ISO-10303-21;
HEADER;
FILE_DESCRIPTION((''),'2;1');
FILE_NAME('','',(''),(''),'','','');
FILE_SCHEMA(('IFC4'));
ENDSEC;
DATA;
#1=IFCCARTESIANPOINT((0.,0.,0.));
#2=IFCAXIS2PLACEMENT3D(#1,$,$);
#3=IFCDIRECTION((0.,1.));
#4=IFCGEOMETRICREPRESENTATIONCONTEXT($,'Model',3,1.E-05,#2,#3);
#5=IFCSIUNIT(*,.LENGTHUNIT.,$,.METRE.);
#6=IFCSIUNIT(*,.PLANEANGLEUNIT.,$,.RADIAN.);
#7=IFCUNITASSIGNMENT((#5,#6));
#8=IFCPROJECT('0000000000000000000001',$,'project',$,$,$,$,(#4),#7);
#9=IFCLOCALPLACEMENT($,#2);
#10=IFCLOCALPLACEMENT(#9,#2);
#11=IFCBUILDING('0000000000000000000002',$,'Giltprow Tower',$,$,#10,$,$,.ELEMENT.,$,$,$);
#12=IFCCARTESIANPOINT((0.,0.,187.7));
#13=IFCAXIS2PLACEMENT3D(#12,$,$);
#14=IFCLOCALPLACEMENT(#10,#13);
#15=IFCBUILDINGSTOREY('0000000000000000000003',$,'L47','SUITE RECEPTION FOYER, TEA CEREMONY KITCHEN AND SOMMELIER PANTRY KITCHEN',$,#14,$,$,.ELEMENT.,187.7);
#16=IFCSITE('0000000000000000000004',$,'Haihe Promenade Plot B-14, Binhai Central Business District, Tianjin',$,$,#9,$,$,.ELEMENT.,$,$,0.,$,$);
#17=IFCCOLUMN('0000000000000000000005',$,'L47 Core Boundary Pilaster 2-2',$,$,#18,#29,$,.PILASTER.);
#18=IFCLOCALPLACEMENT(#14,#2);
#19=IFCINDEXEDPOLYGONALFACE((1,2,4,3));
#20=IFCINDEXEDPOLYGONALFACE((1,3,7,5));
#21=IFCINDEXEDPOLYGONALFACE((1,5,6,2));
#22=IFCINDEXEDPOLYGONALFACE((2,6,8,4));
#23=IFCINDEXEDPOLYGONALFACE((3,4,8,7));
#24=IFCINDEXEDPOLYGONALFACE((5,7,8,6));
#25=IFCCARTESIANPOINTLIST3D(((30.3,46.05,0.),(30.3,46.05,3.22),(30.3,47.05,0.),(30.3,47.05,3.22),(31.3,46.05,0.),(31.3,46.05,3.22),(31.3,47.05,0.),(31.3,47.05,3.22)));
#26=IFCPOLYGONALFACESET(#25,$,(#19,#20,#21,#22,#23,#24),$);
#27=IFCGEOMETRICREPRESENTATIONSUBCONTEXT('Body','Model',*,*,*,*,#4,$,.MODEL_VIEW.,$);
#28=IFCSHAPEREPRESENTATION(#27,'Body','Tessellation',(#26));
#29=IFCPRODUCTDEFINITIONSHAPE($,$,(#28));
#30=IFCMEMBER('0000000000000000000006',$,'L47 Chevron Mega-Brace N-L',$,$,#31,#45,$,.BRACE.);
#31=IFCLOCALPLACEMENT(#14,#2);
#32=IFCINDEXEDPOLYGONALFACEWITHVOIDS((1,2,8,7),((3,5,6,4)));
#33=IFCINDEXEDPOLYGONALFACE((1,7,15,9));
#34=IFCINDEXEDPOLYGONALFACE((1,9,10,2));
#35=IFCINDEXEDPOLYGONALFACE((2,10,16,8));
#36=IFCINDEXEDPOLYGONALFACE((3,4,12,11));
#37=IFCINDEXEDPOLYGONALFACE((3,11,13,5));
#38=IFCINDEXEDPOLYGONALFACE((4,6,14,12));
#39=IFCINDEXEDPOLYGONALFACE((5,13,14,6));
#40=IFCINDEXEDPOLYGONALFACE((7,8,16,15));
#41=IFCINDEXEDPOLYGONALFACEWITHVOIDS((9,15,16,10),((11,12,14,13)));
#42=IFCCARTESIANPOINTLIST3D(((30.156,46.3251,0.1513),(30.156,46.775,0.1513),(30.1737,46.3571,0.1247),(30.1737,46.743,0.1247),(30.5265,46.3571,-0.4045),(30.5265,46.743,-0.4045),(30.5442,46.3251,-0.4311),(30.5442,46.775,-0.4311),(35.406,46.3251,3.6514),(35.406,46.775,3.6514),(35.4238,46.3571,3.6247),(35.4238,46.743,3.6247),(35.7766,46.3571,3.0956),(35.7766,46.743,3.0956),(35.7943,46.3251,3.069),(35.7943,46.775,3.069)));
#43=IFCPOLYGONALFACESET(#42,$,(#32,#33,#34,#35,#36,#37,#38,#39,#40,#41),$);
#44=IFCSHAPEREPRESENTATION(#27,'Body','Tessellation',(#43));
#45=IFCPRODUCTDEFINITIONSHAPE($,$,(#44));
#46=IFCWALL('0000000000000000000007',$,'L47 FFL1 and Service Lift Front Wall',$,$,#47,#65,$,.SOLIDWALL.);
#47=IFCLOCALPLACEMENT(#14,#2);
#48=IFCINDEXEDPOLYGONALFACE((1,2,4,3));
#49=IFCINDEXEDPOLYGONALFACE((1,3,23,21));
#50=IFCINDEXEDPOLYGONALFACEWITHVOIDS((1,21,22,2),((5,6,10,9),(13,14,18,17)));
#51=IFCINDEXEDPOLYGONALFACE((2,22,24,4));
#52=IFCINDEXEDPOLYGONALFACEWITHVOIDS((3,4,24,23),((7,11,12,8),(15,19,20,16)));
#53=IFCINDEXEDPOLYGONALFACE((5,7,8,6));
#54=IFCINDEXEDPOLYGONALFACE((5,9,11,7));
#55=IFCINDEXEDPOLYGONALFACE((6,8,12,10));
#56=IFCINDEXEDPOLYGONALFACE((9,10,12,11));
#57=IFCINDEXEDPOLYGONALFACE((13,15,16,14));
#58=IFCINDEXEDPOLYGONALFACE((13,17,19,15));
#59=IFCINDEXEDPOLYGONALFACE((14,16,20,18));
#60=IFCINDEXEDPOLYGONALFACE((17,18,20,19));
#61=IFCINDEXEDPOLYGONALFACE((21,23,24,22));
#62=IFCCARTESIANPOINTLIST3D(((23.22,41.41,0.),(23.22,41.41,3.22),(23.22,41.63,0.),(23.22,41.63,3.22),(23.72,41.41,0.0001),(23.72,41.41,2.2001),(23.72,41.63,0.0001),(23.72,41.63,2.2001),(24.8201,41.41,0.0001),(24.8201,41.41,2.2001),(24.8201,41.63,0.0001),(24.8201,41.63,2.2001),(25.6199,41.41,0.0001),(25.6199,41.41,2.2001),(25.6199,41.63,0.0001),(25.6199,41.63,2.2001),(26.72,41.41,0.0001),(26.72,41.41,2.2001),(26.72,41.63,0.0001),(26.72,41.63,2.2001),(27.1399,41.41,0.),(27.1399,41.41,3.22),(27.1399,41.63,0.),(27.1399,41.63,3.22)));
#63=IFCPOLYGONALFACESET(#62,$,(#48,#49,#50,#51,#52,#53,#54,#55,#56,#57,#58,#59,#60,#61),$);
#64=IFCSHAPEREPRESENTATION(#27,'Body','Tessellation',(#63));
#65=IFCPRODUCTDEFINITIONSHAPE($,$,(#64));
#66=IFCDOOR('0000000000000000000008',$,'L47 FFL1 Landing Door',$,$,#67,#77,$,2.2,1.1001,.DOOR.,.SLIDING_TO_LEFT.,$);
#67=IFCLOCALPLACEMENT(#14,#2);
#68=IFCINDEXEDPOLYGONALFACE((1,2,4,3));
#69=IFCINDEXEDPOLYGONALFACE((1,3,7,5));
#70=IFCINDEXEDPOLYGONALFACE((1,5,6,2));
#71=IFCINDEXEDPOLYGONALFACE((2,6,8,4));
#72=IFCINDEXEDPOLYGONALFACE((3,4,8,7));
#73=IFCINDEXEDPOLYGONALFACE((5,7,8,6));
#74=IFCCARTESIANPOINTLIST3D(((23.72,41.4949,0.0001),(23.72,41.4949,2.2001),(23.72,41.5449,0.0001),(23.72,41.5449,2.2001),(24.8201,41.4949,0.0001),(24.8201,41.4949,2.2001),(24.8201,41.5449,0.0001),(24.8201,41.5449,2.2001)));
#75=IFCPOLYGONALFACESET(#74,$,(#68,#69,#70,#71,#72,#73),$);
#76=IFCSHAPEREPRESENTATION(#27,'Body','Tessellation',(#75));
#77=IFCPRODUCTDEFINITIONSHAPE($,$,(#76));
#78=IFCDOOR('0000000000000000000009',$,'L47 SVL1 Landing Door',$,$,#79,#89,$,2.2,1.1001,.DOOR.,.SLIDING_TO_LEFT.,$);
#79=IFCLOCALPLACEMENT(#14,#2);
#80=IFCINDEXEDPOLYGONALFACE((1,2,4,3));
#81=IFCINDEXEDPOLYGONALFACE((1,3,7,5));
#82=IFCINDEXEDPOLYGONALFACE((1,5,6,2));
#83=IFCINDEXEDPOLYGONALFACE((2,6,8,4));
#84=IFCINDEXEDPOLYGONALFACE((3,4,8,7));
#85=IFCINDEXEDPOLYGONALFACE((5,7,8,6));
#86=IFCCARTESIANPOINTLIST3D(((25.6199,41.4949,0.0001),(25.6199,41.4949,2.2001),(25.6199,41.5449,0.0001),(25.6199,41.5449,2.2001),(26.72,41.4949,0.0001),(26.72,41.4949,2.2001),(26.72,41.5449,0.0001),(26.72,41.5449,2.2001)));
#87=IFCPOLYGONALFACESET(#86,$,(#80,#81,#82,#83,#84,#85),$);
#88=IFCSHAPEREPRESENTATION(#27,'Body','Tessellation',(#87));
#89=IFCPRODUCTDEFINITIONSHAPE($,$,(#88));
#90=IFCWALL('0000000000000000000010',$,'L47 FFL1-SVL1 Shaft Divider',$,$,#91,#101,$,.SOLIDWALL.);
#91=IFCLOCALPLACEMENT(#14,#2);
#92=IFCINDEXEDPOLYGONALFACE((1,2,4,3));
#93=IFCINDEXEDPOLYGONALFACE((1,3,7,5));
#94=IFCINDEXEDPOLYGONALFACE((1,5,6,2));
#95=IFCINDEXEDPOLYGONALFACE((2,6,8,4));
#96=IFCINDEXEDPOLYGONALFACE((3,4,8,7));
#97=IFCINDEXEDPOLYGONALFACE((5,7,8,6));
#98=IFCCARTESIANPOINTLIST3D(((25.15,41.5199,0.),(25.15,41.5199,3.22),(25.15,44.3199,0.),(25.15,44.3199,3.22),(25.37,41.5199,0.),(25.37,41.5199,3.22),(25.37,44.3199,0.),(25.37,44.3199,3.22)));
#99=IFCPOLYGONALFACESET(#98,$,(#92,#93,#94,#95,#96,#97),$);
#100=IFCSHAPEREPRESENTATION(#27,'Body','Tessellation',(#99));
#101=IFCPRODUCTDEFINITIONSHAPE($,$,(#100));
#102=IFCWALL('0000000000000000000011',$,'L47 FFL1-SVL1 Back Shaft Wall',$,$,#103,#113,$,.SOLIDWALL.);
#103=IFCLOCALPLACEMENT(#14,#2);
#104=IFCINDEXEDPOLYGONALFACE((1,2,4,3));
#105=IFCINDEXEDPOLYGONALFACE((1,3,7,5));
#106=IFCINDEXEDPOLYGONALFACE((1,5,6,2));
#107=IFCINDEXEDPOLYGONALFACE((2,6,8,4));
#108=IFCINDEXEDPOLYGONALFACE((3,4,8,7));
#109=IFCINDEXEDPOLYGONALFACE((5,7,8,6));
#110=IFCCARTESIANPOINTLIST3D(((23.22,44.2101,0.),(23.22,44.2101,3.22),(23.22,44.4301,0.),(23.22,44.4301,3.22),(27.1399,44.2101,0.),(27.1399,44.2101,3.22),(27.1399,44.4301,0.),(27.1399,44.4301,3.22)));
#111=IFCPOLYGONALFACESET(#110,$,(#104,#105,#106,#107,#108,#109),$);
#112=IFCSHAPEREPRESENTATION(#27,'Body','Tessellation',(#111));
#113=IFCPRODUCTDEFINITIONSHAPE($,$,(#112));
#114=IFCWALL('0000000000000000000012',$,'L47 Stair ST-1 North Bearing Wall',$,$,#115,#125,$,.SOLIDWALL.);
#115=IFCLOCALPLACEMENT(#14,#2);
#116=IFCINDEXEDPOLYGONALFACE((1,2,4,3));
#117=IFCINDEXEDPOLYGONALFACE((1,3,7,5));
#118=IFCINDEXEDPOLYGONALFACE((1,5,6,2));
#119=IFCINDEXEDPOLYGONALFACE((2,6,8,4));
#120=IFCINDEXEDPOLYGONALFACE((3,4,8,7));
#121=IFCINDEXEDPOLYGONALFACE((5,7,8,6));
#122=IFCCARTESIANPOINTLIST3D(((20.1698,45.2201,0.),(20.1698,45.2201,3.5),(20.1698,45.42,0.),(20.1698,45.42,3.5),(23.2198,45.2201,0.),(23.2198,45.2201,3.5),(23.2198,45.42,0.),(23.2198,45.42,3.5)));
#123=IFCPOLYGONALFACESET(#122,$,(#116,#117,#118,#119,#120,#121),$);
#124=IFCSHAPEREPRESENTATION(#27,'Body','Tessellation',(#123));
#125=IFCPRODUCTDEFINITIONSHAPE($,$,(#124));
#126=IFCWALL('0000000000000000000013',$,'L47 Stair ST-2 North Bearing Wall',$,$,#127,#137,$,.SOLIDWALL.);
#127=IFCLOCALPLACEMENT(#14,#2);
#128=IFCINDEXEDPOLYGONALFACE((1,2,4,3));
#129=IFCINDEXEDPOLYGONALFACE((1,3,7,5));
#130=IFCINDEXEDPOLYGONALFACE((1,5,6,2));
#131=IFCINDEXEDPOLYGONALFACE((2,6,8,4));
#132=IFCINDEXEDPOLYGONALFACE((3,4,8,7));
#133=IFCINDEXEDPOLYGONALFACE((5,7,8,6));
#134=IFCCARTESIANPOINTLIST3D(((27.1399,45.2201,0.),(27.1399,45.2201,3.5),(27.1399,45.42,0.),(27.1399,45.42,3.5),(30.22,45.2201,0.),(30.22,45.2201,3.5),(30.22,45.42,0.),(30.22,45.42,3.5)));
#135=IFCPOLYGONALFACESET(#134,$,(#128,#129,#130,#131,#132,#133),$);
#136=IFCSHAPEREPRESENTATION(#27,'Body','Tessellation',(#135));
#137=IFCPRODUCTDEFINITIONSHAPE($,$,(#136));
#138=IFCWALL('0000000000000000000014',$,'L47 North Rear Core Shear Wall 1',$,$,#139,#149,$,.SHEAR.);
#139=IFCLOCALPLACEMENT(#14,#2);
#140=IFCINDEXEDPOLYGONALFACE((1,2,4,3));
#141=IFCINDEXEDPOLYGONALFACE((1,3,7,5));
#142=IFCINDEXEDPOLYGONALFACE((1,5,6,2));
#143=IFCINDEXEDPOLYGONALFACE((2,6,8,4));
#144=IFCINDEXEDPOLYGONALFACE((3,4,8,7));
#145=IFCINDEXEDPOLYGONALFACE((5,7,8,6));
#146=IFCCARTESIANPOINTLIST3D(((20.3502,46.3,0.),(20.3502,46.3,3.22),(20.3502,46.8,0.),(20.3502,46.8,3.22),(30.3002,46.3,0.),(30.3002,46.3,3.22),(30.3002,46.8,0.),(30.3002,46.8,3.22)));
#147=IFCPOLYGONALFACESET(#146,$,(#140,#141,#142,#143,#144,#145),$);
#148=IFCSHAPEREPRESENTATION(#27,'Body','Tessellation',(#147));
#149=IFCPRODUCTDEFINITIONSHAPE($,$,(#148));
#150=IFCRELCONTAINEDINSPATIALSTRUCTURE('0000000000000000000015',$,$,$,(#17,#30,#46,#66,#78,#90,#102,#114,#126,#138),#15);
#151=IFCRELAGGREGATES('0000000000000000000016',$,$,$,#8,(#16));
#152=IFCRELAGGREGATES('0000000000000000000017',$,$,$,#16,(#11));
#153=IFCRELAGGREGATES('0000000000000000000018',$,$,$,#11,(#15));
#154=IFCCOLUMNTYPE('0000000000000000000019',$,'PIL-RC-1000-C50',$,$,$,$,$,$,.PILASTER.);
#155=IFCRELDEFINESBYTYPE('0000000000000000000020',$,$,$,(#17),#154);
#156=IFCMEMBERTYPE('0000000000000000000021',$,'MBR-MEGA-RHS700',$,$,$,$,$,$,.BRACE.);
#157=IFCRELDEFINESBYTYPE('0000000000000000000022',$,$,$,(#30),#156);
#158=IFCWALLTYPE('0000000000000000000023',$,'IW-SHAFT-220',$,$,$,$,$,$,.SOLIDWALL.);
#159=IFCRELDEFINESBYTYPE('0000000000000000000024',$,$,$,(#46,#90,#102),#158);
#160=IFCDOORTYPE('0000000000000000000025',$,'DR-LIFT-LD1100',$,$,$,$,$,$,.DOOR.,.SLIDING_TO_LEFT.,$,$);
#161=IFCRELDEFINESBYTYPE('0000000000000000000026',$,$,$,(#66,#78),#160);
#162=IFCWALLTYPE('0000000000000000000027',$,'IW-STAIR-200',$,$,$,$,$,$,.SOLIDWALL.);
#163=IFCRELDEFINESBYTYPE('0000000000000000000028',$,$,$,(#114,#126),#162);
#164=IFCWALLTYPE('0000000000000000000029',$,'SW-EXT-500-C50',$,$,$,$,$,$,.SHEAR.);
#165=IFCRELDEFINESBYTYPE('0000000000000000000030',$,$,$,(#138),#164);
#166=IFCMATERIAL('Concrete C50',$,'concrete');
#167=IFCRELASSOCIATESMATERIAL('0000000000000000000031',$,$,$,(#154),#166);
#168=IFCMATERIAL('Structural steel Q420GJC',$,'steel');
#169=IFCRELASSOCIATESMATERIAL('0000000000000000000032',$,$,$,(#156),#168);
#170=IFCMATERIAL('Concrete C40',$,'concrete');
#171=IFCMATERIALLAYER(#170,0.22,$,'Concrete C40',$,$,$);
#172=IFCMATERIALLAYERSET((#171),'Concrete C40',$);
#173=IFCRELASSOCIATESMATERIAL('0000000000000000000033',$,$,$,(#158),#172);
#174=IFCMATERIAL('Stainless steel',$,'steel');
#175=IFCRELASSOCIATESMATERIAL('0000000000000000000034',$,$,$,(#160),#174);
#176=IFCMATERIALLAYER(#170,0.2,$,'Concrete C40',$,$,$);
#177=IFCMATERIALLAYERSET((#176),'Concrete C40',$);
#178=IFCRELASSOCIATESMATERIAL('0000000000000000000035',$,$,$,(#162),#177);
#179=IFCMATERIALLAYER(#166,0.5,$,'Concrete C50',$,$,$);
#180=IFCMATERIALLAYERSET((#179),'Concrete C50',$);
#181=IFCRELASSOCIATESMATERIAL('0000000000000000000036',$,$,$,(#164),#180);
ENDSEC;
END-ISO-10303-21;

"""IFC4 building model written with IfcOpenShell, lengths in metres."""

from ifc_helpers import new_model, si_unit, direction, frame, frame_2d, origin, origin_2d, place, context, subcontext, project, spatial, rectangle, hollow_rectangle, extrude, source, transform, mapped, material, layer, layer_set, material_profile, profile_set, type_object, element, fill, save


model = new_model("IFC4")

# Units and contexts
model_context = context("Model", 3, precision=1e-05, world=origin(), true_north=direction((0.0, 1.0)))
body_context = subcontext(model_context, "Body", "Model", "MODEL_VIEW")
ifc_project = project(units=[si_unit("LENGTHUNIT", "METRE"), si_unit("PLANEANGLEUNIT", "RADIAN")], contexts=[model_context])

# Site, building, storey
site_placement = place(None, origin())
site = spatial("IfcSite", under=ifc_project, at=site_placement, Name="Haihe Promenade Plot B-14, Binhai Central Business District, Tianjin", CompositionType="ELEMENT", RefElevation=0.0)
building_placement = place(site_placement, origin())
building = spatial("IfcBuilding", under=site, at=building_placement, Name="Giltprow Tower", CompositionType="ELEMENT")
storey_placement = place(building_placement, frame((0.0, 0.0, 187.7)))
storey = spatial("IfcBuildingStorey", under=building, at=storey_placement, Name="L47", Description="SUITE RECEPTION FOYER, TEA CEREMONY KITCHEN AND SOMMELIER PANTRY KITCHEN", CompositionType="ELEMENT", Elevation=187.7)

# Column
ifc_material_1 = material(Name="Concrete C50", Category="concrete")
ifc_material_profile_1 = material_profile(ifc_material_1, rectangle(XDim=1.0, YDim=1.0, at=origin_2d()), Name="RC 1000x1000")
ifc_profile_set_1 = profile_set([ifc_material_profile_1], Name="Concrete C50")
column_type = type_object("IfcColumnType", Name="PIL-RC-1000-C50", PredefinedType="PILASTER", material=ifc_profile_set_1)
shared_shape_1 = source(origin(), body_context, "Body", "SweptSolid", [
    extrude(rectangle(XDim=1.0, YDim=1.0, at=origin_2d()), origin(), (0.0, 0.0, 1.0), 3.22),
])
column_placement = place(storey_placement, frame((30.8, 46.55, 0.0), z_axis=(0.0, 0.0, 1.0), x_axis=(1.0, 0.0, 0.0)))
element("IfcColumn", 1, at=column_placement, inside=storey, type_object=column_type, Name="L47 Core Boundary Pilaster 2-2", PredefinedType="PILASTER", context=body_context, shape_type="MappedRepresentation", body=[
    mapped(shared_shape_1, transform((0.0, 0.0, 0.0), x_axis=(1.0, 0.0, 0.0), y_axis=(0.0, 1.0, 0.0), z_axis=(0.0, 0.0, 1.0), scale=1.0)),
])

# Member
ifc_material_2 = material(Name="Structural steel Q420GJC", Category="steel")
ifc_material_profile_2 = material_profile(ifc_material_2, hollow_rectangle(XDim=0.45, YDim=0.7, WallThickness=0.032, at=origin_2d()), Name="RHS 700x450x32")
ifc_profile_set_2 = profile_set([ifc_material_profile_2], Name="Structural steel Q420GJC")
member_type = type_object("IfcMemberType", Name="MBR-MEGA-RHS700", PredefinedType="BRACE", material=ifc_profile_set_2)
shared_shape_2 = source(origin(), body_context, "Body", "SweptSolid", [
    extrude(hollow_rectangle(XDim=0.45, YDim=0.7, WallThickness=0.032, at=origin_2d()), origin(), (0.0, 0.0, 1.0), 6.3098),
])
member_placement = place(storey_placement, frame((30.3501, 46.55, -0.1399), z_axis=(0.83205, 0.0, 0.5547), x_axis=(0.0, 1.0, 0.0)))
element("IfcMember", 2, at=member_placement, inside=storey, type_object=member_type, Name="L47 Chevron Mega-Brace N-L", PredefinedType="BRACE", context=body_context, shape_type="MappedRepresentation", body=[
    mapped(shared_shape_2, transform((0.0, 0.0, 0.0), x_axis=(1.0, 0.0, 0.0), y_axis=(0.0, 1.0, 0.0), z_axis=(0.0, 0.0, 1.0), scale=1.0)),
])

# Wall, openings, doors
ifc_material_3 = material(Name="Concrete C40", Category="concrete")
ifc_layer_1 = layer(ifc_material_3, 0.22, Name="Concrete C40")
ifc_layer_set_1 = layer_set([ifc_layer_1], Name="Concrete C40")
wall_type_1 = type_object("IfcWallType", Name="IW-SHAFT-220", PredefinedType="SOLIDWALL", material=ifc_layer_set_1)
wall_1_placement = place(storey_placement, frame((23.22, 41.52, 0.0), z_axis=(0.0, 0.0, 1.0), x_axis=(1.0, 0.0, 0.0)))
wall_1 = element("IfcWall", 3, at=wall_1_placement, inside=storey, type_object=wall_type_1, Name="L47 FFL1 and Service Lift Front Wall", PredefinedType="SOLIDWALL", context=body_context, shape_type="SweptSolid", body=[
    extrude(rectangle(XDim=3.9199, YDim=0.22, at=frame_2d((1.96, 0.0))), origin(), (0.0, 0.0, 1.0), 3.22),
])
opening_1_placement = place(wall_1_placement, frame((0.5, 0.0, 0.0)))
opening_1 = element("IfcOpeningElement", 4, at=opening_1_placement, cuts=wall_1, PredefinedType="OPENING", context=body_context, shape_type="SweptSolid", body=[
    extrude(rectangle(XDim=1.1001, YDim=2.2, at=frame_2d((0.55, 1.1001))), frame((0.0, 0.1199, 0.0), z_axis=(0.0, -1.0, 0.0), x_axis=(1.0, 0.0, 0.0)), (0.0, 0.0, 1.0), 0.24),
])
opening_2_placement = place(wall_1_placement, frame((2.3999, 0.0, 0.0)))
opening_2 = element("IfcOpeningElement", 5, at=opening_2_placement, cuts=wall_1, PredefinedType="OPENING", context=body_context, shape_type="SweptSolid", body=[
    extrude(rectangle(XDim=1.1001, YDim=2.2, at=frame_2d((0.55, 1.1001))), frame((0.0, 0.1199, 0.0), z_axis=(0.0, -1.0, 0.0), x_axis=(1.0, 0.0, 0.0)), (0.0, 0.0, 1.0), 0.24),
])
ifc_material_4 = material(Name="Stainless steel", Category="steel")
door_type = type_object("IfcDoorType", Name="DR-LIFT-LD1100", OperationType="SLIDING_TO_LEFT", PredefinedType="DOOR", material=ifc_material_4)
shared_shape_3 = source(origin(), body_context, "Body", "SweptSolid", [
    extrude(rectangle(XDim=1.1001, YDim=2.2, at=frame_2d((0.55, 1.1001))), frame((0.0, 0.0249, 0.0), z_axis=(0.0, -1.0, 0.0), x_axis=(1.0, 0.0, 0.0)), (0.0, 0.0, 1.0), 0.05),
])
door_1_placement = place(opening_1_placement, origin())
door_1 = element("IfcDoor", 6, at=door_1_placement, inside=storey, type_object=door_type, Name="L47 FFL1 Landing Door", OperationType="SLIDING_TO_LEFT", OverallHeight=2.2, OverallWidth=1.1001, PredefinedType="DOOR", context=body_context, shape_type="MappedRepresentation", body=[
    mapped(shared_shape_3, transform((0.0, 0.0, 0.0), x_axis=(1.0, 0.0, 0.0), y_axis=(0.0, 1.0, 0.0), z_axis=(0.0, 0.0, 1.0), scale=1.0)),
])
fill(opening_1, door_1)
door_2_placement = place(opening_2_placement, origin())
door_2 = element("IfcDoor", 7, at=door_2_placement, inside=storey, type_object=door_type, Name="L47 SVL1 Landing Door", OperationType="SLIDING_TO_LEFT", OverallHeight=2.2, OverallWidth=1.1001, PredefinedType="DOOR", context=body_context, shape_type="MappedRepresentation", body=[
    mapped(shared_shape_3, transform((0.0, 0.0, 0.0), x_axis=(1.0, 0.0, 0.0), y_axis=(0.0, 1.0, 0.0), z_axis=(0.0, 0.0, 1.0), scale=1.0)),
])
fill(opening_2, door_2)

# Walls
wall_2_placement = place(storey_placement, frame((25.26, 41.52, 0.0), z_axis=(0.0, 0.0, 1.0), x_axis=(0.0, 1.0, 0.0)))
element("IfcWall", 8, at=wall_2_placement, inside=storey, type_object=wall_type_1, Name="L47 FFL1-SVL1 Shaft Divider", PredefinedType="SOLIDWALL", context=body_context, shape_type="SweptSolid", body=[
    extrude(rectangle(XDim=2.8, YDim=0.22, at=frame_2d((1.3999, 0.0))), origin(), (0.0, 0.0, 1.0), 3.22),
])
wall_3_placement = place(storey_placement, frame((23.22, 44.3201, 0.0), z_axis=(0.0, 0.0, 1.0), x_axis=(1.0, 0.0, 0.0)))
element("IfcWall", 9, at=wall_3_placement, inside=storey, type_object=wall_type_1, Name="L47 FFL1-SVL1 Back Shaft Wall", PredefinedType="SOLIDWALL", context=body_context, shape_type="SweptSolid", body=[
    extrude(rectangle(XDim=3.9199, YDim=0.22, at=frame_2d((1.96, 0.0))), origin(), (0.0, 0.0, 1.0), 3.22),
])
ifc_layer_2 = layer(ifc_material_3, 0.2, Name="Concrete C40")
ifc_layer_set_2 = layer_set([ifc_layer_2], Name="Concrete C40")
wall_type_2 = type_object("IfcWallType", Name="IW-STAIR-200", PredefinedType="SOLIDWALL", material=ifc_layer_set_2)
wall_4_placement = place(storey_placement, frame((20.1699, 45.3201, 0.0), z_axis=(0.0, 0.0, 1.0), x_axis=(1.0, 0.0, 0.0)))
element("IfcWall", 10, at=wall_4_placement, inside=storey, type_object=wall_type_2, Name="L47 Stair ST-1 North Bearing Wall", PredefinedType="SOLIDWALL", context=body_context, shape_type="SweptSolid", body=[
    extrude(rectangle(XDim=3.05, YDim=0.2, at=frame_2d((1.5249, 0.0))), origin(), (0.0, 0.0, 1.0), 3.5),
])
wall_5_placement = place(storey_placement, frame((27.1399, 45.3201, 0.0), z_axis=(0.0, 0.0, 1.0), x_axis=(1.0, 0.0, 0.0)))
element("IfcWall", 11, at=wall_5_placement, inside=storey, type_object=wall_type_2, Name="L47 Stair ST-2 North Bearing Wall", PredefinedType="SOLIDWALL", context=body_context, shape_type="SweptSolid", body=[
    extrude(rectangle(XDim=3.0801, YDim=0.2, at=frame_2d((1.54, 0.0))), origin(), (0.0, 0.0, 1.0), 3.5),
])
ifc_layer_3 = layer(ifc_material_1, 0.5, Name="Concrete C50")
ifc_layer_set_3 = layer_set([ifc_layer_3], Name="Concrete C50")
wall_type_3 = type_object("IfcWallType", Name="SW-EXT-500-C50", PredefinedType="SHEAR", material=ifc_layer_set_3)
wall_6_placement = place(storey_placement, frame((20.3501, 46.55, 0.0), z_axis=(0.0, 0.0, 1.0), x_axis=(1.0, 0.0, 0.0)))
element("IfcWall", 12, at=wall_6_placement, inside=storey, type_object=wall_type_3, Name="L47 North Rear Core Shear Wall 1", PredefinedType="SHEAR", context=body_context, shape_type="SweptSolid", body=[
    extrude(rectangle(XDim=9.95, YDim=0.5, at=frame_2d((4.9751, 0.0))), origin(), (0.0, 0.0, 1.0), 3.22),
])

save(model, "model.ifc")
